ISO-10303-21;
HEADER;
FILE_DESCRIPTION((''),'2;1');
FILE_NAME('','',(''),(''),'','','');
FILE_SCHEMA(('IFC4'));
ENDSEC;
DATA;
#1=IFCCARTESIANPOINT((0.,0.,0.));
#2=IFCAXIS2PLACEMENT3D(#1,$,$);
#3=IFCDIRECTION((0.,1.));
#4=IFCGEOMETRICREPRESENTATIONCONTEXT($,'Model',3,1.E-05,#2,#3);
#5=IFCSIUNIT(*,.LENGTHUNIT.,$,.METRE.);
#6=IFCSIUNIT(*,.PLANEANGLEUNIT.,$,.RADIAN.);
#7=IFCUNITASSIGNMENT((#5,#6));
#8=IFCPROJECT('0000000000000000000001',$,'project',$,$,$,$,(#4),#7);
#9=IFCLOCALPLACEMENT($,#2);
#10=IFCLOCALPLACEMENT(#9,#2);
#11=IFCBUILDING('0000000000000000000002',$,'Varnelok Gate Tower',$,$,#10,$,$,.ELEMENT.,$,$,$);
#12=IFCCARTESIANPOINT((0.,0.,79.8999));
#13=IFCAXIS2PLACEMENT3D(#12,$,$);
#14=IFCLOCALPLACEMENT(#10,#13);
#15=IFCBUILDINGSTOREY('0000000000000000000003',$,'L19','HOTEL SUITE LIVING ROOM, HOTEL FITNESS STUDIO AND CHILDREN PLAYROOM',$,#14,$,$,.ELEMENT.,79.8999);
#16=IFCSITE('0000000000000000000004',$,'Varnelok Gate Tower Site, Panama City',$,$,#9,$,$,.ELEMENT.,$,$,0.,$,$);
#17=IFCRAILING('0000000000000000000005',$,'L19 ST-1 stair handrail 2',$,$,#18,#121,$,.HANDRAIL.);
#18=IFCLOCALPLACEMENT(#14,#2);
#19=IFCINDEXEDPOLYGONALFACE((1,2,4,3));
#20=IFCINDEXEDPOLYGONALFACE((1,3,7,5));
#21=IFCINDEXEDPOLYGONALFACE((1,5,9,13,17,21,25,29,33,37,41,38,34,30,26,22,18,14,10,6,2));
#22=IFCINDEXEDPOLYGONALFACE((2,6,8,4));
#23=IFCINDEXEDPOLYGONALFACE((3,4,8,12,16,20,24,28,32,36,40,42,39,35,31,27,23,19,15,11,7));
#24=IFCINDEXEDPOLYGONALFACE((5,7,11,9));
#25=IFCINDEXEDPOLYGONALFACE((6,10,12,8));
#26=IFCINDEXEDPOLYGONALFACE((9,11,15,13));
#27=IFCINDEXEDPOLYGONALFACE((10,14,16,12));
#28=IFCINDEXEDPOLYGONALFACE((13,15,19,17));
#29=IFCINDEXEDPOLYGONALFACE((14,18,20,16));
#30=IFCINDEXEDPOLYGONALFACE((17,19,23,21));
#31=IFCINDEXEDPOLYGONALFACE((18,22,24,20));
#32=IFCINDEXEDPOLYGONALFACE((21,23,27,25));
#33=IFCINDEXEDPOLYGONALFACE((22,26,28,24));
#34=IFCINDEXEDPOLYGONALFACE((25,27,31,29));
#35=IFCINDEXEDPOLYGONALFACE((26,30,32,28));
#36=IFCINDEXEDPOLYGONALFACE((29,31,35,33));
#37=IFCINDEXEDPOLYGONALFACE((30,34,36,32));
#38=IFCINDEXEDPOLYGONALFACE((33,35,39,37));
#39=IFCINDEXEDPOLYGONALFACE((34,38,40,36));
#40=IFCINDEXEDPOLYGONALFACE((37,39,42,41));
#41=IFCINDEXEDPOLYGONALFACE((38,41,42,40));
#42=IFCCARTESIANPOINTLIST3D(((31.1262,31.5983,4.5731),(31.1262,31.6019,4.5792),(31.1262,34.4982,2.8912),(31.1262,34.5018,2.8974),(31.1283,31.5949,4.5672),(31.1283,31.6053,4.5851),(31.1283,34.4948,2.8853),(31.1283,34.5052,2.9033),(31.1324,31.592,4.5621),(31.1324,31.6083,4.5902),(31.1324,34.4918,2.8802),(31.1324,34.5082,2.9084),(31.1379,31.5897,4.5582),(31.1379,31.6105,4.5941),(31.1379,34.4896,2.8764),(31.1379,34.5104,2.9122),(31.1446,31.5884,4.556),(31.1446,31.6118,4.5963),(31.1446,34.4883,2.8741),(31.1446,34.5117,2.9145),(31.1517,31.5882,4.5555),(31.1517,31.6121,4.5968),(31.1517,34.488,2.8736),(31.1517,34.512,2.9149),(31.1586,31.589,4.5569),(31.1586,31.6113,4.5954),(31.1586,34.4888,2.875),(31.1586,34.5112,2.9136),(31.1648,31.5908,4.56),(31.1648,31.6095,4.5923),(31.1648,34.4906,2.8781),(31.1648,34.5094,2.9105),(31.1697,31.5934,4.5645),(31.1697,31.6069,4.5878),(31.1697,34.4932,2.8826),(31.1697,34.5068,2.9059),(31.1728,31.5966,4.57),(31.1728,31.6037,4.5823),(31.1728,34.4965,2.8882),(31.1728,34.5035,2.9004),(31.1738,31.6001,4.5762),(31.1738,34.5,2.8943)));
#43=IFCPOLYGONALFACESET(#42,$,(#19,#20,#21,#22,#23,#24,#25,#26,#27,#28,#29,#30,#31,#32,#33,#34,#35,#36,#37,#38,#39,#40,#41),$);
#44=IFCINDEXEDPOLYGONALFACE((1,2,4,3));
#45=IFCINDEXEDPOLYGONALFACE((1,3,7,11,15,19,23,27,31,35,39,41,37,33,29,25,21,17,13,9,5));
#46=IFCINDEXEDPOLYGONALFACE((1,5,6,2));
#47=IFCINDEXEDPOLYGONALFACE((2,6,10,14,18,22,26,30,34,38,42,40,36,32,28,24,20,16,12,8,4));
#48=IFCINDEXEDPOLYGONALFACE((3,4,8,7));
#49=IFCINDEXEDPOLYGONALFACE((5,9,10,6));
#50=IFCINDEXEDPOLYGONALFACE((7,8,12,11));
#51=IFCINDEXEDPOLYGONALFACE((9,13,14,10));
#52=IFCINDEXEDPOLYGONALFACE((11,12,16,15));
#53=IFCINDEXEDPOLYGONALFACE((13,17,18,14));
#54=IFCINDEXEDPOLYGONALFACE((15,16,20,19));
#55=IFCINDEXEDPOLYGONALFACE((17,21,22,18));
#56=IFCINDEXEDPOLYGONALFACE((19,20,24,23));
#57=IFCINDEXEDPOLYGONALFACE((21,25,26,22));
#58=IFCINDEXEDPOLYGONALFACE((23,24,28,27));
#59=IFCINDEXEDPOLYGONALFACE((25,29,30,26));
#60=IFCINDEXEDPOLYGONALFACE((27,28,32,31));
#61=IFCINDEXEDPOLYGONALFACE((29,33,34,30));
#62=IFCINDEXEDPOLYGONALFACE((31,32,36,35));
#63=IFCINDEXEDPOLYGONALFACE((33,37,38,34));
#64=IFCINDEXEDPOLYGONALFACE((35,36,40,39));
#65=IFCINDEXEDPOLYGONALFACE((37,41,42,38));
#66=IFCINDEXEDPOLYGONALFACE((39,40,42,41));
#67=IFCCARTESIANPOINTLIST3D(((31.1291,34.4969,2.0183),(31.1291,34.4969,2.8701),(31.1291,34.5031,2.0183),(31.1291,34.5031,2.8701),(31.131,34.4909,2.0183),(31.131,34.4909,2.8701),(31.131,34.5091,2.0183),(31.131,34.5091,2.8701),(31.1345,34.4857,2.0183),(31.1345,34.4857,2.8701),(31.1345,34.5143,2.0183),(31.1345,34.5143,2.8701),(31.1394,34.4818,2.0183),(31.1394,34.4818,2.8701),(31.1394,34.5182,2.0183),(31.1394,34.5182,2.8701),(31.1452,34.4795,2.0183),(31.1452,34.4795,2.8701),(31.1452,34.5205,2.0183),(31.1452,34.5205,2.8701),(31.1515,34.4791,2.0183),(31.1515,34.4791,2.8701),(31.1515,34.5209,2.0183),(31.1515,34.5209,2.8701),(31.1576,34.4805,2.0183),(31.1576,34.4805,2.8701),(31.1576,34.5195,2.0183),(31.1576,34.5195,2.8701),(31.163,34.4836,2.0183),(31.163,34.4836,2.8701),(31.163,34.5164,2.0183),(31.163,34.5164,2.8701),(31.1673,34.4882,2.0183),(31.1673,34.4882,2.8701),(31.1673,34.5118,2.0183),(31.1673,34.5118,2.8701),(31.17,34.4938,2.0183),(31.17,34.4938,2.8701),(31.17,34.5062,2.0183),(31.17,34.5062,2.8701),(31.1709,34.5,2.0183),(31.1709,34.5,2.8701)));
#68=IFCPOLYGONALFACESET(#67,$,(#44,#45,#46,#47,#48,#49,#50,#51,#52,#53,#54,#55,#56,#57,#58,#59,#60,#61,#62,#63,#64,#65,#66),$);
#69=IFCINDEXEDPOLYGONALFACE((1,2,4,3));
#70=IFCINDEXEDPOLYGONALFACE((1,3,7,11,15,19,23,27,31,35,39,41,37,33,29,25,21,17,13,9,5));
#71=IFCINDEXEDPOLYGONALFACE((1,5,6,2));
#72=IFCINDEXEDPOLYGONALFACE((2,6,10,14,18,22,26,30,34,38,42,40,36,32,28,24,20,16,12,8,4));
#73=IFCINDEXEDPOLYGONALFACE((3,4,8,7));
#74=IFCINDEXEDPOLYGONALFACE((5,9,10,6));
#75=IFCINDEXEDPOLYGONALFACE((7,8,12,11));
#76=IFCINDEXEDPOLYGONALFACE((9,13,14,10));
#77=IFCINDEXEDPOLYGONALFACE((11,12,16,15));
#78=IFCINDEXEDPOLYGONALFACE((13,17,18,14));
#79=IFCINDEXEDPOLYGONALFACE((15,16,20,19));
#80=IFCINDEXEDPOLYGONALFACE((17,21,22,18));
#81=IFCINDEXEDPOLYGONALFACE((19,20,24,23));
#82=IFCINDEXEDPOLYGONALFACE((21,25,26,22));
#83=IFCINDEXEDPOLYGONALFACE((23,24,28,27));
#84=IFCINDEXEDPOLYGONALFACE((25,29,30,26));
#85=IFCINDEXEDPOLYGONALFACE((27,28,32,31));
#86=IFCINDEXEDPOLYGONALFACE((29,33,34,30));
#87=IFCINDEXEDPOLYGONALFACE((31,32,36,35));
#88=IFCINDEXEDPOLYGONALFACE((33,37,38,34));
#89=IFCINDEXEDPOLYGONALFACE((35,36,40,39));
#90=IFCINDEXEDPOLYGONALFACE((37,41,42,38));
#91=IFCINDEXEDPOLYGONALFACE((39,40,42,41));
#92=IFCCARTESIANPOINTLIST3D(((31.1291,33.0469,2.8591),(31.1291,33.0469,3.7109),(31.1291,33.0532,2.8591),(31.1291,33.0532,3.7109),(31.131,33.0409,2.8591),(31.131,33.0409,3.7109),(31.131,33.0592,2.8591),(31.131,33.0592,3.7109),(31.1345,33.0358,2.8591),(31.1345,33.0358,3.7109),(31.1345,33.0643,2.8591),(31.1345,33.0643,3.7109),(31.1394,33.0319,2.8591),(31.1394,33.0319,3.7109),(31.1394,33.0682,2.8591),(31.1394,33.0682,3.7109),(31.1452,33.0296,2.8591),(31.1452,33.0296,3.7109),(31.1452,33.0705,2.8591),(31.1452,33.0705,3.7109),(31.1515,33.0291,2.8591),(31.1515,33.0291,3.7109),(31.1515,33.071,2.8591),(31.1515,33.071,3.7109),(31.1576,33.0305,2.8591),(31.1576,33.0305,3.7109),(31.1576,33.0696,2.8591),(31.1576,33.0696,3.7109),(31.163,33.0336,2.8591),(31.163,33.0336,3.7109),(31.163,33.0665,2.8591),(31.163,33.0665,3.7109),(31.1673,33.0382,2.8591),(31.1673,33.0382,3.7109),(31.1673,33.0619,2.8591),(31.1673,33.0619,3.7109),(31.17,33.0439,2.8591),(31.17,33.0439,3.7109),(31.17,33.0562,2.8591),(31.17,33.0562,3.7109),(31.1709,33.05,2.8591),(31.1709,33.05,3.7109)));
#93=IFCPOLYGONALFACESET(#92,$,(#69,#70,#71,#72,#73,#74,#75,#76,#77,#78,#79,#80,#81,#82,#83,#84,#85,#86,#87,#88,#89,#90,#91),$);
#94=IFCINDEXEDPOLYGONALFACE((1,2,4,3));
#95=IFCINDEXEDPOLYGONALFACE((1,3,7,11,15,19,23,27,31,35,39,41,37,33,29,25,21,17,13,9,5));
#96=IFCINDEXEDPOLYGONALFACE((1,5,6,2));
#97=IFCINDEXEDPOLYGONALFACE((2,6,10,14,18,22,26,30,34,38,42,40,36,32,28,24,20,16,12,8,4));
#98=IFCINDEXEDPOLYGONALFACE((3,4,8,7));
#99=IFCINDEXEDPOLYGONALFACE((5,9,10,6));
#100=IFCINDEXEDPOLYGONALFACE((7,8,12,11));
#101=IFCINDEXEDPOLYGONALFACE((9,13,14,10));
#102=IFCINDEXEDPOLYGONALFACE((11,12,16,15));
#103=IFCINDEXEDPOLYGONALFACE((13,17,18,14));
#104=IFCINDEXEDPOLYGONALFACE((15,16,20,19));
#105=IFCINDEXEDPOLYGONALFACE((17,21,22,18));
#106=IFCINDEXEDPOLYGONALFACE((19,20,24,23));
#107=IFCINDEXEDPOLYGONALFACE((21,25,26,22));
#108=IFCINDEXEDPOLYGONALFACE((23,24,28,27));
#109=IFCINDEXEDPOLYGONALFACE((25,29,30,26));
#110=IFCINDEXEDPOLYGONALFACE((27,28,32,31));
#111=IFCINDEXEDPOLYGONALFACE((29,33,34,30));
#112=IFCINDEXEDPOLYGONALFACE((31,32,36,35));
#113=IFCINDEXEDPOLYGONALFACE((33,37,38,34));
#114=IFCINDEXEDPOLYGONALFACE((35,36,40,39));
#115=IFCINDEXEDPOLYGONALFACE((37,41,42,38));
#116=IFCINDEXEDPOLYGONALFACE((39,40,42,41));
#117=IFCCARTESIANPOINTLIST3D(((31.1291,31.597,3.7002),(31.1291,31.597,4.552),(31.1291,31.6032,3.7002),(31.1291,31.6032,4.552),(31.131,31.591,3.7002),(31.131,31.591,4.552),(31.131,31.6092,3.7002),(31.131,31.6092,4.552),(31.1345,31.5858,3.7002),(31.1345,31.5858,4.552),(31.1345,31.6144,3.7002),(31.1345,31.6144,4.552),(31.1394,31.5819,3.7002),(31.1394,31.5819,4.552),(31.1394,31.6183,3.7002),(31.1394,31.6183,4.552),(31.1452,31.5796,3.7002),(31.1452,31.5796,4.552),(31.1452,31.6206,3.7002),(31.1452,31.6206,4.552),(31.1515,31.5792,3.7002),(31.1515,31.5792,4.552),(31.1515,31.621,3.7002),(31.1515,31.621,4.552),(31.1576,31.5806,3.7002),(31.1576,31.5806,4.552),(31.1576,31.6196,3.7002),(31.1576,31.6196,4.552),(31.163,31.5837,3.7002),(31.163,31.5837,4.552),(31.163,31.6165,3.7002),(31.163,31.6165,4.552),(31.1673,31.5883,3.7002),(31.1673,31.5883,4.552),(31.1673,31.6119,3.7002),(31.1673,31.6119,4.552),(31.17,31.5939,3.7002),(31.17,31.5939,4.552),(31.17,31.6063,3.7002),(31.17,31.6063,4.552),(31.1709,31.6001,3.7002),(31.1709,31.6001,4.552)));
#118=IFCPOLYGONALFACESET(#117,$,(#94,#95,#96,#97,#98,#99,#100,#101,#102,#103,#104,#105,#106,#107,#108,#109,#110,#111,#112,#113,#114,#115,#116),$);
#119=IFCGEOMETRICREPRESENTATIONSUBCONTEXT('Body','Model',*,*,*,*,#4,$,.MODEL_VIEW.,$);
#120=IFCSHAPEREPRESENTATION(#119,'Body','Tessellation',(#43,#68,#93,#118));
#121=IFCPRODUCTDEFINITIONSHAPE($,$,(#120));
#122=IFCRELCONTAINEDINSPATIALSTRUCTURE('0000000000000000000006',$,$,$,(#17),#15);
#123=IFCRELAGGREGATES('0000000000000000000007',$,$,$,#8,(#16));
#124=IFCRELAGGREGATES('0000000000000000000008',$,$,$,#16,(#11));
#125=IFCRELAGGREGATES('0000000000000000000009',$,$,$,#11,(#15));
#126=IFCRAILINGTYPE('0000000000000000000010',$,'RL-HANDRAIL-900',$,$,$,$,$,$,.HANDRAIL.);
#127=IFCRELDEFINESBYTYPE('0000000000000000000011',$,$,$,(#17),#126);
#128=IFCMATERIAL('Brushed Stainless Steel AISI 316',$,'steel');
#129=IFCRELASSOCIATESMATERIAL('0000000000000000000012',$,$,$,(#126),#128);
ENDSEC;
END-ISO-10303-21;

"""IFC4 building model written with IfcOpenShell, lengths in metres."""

from ifc_helpers import new_model, si_unit, direction, frame, origin, origin_2d, place, context, subcontext, project, spatial, circle, extrude, material, type_object, element, save


model = new_model("IFC4")

# Units and contexts
model_context = context("Model", 3, precision=1e-05, world=origin(), true_north=direction((0.0, 1.0)))
body_context = subcontext(model_context, "Body", "Model", "MODEL_VIEW")
ifc_project = project(units=[si_unit("LENGTHUNIT", "METRE"), si_unit("PLANEANGLEUNIT", "RADIAN")], contexts=[model_context])

# Site, building, storey
site_placement = place(None, origin())
site = spatial("IfcSite", under=ifc_project, at=site_placement, Name="Varnelok Gate Tower Site, Panama City", CompositionType="ELEMENT", RefElevation=0.0)
building_placement = place(site_placement, origin())
building = spatial("IfcBuilding", under=site, at=building_placement, Name="Varnelok Gate Tower", CompositionType="ELEMENT")
storey_placement = place(building_placement, frame((0.0, 0.0, 79.8999)))
storey = spatial("IfcBuildingStorey", under=building, at=storey_placement, Name="L19", Description="HOTEL SUITE LIVING ROOM, HOTEL FITNESS STUDIO AND CHILDREN PLAYROOM", CompositionType="ELEMENT", Elevation=79.8999)

# Railing
ifc_material_1 = material(Name="Brushed Stainless Steel AISI 316", Category="steel")
railing_type_1 = type_object("IfcRailingType", Name="RL-HANDRAIL-900", PredefinedType="HANDRAIL", material=ifc_material_1)
railing_1_placement = place(storey_placement, frame((31.1499, 34.5, 2.0183)))
element("IfcRailing", 1, at=railing_1_placement, inside=storey, type_object=railing_type_1, Name="L19 ST-1 stair handrail 2", PredefinedType="HANDRAIL", context=body_context, shape_type="SweptSolid", body=[
    extrude(circle(Radius=0.0239, at=origin_2d()), frame((0.0, 0.0, 0.876), z_axis=(0.0, -0.865039, 0.501705), x_axis=(1.0, 0.0, 0.0)), (0.0, 0.0, 1.0), 3.3523),
    extrude(circle(Radius=0.021, at=origin_2d()), origin(), (0.0, 0.0, 1.0), 0.8518),
    extrude(circle(Radius=0.021, at=origin_2d()), frame((0.0, -1.45, 0.8408)), (0.0, 0.0, 1.0), 0.8518),
    extrude(circle(Radius=0.021, at=origin_2d()), frame((0.0, -2.8999, 1.6819)), (0.0, 0.0, 1.0), 0.8518),
])

save(model, "model.ifc")
